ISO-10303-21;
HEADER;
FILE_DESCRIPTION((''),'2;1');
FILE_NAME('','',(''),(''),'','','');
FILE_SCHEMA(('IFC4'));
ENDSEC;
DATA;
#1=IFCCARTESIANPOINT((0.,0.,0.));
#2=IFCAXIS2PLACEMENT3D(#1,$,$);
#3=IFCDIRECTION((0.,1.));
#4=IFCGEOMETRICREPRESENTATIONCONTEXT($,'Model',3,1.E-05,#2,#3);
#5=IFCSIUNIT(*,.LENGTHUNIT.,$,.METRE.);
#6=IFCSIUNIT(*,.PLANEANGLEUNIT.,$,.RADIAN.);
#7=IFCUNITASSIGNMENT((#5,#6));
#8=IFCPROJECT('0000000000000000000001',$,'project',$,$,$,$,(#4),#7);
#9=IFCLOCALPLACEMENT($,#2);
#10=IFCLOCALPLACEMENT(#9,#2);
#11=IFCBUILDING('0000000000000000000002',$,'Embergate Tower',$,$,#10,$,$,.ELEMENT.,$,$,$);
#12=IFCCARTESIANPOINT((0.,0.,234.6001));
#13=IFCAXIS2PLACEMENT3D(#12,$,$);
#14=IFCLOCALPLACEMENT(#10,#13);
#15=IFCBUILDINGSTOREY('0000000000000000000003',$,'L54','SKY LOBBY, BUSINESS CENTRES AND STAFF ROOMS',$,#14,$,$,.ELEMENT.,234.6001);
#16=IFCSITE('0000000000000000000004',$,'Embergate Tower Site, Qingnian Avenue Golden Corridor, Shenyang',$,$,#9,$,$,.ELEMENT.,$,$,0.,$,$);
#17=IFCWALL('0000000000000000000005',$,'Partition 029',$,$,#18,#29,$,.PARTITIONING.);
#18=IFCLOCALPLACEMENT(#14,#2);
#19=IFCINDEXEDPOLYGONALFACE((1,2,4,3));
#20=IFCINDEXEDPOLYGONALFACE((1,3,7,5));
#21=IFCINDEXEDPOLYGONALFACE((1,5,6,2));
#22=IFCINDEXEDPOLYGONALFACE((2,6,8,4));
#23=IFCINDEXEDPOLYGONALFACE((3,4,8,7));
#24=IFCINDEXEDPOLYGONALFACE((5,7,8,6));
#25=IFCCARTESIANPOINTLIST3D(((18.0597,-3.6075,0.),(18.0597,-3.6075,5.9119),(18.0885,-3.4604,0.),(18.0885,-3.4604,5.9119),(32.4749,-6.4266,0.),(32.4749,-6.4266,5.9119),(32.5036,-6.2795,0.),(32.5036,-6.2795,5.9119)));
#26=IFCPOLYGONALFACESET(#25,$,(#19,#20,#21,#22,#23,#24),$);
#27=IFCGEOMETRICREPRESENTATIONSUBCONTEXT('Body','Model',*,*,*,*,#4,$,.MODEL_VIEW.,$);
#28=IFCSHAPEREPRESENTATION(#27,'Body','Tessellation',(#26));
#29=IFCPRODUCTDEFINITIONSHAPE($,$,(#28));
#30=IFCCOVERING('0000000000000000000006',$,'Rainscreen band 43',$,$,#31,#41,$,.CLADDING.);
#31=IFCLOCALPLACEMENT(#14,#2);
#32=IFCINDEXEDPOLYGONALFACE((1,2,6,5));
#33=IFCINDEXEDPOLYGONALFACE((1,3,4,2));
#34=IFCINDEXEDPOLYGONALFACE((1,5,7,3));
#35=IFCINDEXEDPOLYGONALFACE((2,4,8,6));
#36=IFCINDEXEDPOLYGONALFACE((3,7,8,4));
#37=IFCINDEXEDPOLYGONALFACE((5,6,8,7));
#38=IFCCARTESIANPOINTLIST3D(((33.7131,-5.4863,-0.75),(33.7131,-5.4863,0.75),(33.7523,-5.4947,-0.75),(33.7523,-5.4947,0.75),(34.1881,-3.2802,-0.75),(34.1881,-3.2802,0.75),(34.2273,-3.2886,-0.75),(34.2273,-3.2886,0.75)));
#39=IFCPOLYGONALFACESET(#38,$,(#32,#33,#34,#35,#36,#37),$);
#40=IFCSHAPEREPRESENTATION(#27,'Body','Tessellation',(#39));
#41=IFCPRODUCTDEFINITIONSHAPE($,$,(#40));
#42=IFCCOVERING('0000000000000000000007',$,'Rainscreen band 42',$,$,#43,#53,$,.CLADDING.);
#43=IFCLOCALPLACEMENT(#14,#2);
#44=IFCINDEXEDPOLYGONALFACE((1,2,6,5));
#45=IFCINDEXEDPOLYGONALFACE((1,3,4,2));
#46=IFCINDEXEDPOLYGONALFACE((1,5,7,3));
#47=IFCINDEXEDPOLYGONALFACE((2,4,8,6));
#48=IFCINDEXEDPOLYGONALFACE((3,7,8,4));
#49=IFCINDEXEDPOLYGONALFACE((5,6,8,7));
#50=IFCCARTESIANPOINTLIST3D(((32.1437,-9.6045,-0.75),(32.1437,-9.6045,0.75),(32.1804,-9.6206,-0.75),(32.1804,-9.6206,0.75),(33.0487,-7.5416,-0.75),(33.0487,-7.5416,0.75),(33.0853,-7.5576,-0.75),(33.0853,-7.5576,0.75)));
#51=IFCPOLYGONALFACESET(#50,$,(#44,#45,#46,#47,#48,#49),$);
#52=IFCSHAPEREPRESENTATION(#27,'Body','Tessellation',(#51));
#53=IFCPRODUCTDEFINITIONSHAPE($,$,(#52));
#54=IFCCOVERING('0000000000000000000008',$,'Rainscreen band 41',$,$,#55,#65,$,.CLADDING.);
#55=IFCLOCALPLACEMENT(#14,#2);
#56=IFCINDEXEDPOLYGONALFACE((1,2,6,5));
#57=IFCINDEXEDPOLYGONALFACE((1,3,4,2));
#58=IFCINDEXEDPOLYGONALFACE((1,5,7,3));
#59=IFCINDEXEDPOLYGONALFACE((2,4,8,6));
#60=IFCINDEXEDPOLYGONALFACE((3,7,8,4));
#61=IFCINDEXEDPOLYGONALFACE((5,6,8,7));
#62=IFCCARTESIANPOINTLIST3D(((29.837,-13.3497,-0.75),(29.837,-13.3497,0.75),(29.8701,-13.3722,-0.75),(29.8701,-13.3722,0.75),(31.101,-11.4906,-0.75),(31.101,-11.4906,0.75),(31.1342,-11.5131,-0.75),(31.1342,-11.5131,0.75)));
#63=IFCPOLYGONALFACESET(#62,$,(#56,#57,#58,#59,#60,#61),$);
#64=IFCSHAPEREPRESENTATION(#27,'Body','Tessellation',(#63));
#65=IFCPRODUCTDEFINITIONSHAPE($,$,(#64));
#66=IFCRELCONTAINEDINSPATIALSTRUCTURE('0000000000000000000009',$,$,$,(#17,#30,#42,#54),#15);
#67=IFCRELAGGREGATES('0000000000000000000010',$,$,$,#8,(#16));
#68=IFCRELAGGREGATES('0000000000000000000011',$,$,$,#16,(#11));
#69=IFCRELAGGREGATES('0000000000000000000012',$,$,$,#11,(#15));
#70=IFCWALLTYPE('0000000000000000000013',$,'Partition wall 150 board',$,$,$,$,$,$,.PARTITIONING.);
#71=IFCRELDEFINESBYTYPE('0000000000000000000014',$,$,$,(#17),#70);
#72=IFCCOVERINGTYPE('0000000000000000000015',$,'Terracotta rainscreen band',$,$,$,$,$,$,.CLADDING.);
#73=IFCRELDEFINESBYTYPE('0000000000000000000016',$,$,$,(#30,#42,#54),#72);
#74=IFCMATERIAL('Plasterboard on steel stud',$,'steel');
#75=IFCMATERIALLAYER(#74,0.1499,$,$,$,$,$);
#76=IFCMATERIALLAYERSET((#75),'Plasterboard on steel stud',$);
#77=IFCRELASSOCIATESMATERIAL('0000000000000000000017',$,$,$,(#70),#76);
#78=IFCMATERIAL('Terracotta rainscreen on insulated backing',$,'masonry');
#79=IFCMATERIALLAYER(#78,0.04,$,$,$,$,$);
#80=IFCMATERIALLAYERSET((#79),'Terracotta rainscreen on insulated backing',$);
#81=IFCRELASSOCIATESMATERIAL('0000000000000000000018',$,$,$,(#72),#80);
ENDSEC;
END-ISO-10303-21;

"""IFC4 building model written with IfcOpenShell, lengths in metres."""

from ifc_helpers import new_model, si_unit, direction, frame, frame_2d, origin, origin_2d, place, context, subcontext, project, spatial, rectangle, extrude, source, transform, mapped, material, layer, layer_set, type_object, element, save


model = new_model("IFC4")

# Units and contexts
model_context = context("Model", 3, precision=1e-05, world=origin(), true_north=direction((0.0, 1.0)))
body_context = subcontext(model_context, "Body", "Model", "MODEL_VIEW")
ifc_project = project(units=[si_unit("LENGTHUNIT", "METRE"), si_unit("PLANEANGLEUNIT", "RADIAN")], contexts=[model_context])

# Site, building, storey
site_placement = place(None, origin())
site = spatial("IfcSite", under=ifc_project, at=site_placement, Name="Embergate Tower Site, Qingnian Avenue Golden Corridor, Shenyang", CompositionType="ELEMENT", RefElevation=0.0)
building_placement = place(site_placement, origin())
building = spatial("IfcBuilding", under=site, at=building_placement, Name="Embergate Tower", CompositionType="ELEMENT")
storey_placement = place(building_placement, frame((0.0, 0.0, 234.6001)))
storey = spatial("IfcBuildingStorey", under=building, at=storey_placement, Name="L54", Description="SKY LOBBY, BUSINESS CENTRES AND STAFF ROOMS", CompositionType="ELEMENT", Elevation=234.6001)

# Shared definitions
ifc_material_1 = material(Name="Plasterboard on steel stud", Category="steel")
ifc_layer_1 = layer(ifc_material_1, 0.1499)
ifc_layer_set_1 = layer_set([ifc_layer_1], Name="Plasterboard on steel stud")
wall_type_1 = type_object("IfcWallType", Name="Partition wall 150 board", PredefinedType="PARTITIONING", material=ifc_layer_set_1)

# Wall
shared_shape_1 = source(origin(), body_context, "Body", "SweptSolid", [
    extrude(rectangle(XDim=14.6882, YDim=0.1499, at=frame_2d((7.3442, 0.0))), origin(), (0.0, 0.0, 1.0), 5.9119),
])
wall_1_placement = place(storey_placement, frame((18.074, -3.5339, 0.0), z_axis=(0.0, 0.0, 1.0), x_axis=(0.981409, -0.19193, 0.0)))
element("IfcWall", 1, at=wall_1_placement, inside=storey, type_object=wall_type_1, Name="Partition 029", PredefinedType="PARTITIONING", context=body_context, shape_type="MappedRepresentation", body=[
    mapped(shared_shape_1, transform((0.0, 0.0, 0.0))),
])

# Coverings
ifc_material_2 = material(Name="Terracotta rainscreen on insulated backing", Category="masonry")
ifc_layer_2 = layer(ifc_material_2, 0.04)
ifc_layer_set_2 = layer_set([ifc_layer_2], Name="Terracotta rainscreen on insulated backing")
covering_type = type_object("IfcCoveringType", Name="Terracotta rainscreen band", PredefinedType="CLADDING", material=ifc_layer_set_2)
shared_shape_2 = source(origin(), body_context, "Body", "SweptSolid", [
    extrude(rectangle(XDim=2.2566, YDim=0.04, at=origin_2d()), origin(), (0.0, 0.0, 1.0), 1.5),
])
covering_1_placement = place(storey_placement, frame((33.9702, -4.3875, -0.75), z_axis=(0.0, 0.0, 1.0), x_axis=(0.210497, 0.977594, 0.0)))
element("IfcCovering", 2, at=covering_1_placement, inside=storey, type_object=covering_type, Name="Rainscreen band 43", PredefinedType="CLADDING", context=body_context, shape_type="MappedRepresentation", body=[
    mapped(shared_shape_2, transform((0.0, 0.0, 0.0))),
])
shared_shape_3 = source(origin(), body_context, "Body", "SweptSolid", [
    extrude(rectangle(XDim=2.2527, YDim=0.04, at=origin_2d()), origin(), (0.0, 0.0, 1.0), 1.5),
])
covering_2_placement = place(storey_placement, frame((32.6145, -8.5811, -0.75), z_axis=(0.0, 0.0, 1.0), x_axis=(0.401727, 0.915759, 0.0)))
element("IfcCovering", 3, at=covering_2_placement, inside=storey, type_object=covering_type, Name="Rainscreen band 42", PredefinedType="CLADDING", context=body_context, shape_type="MappedRepresentation", body=[
    mapped(shared_shape_3, transform((0.0, 0.0, 0.0))),
])
shared_shape_4 = source(origin(), body_context, "Body", "SweptSolid", [
    extrude(rectangle(XDim=2.248, YDim=0.04, at=origin_2d()), origin(), (0.0, 0.0, 1.0), 1.5),
])
covering_3_placement = place(storey_placement, frame((30.4856, -12.4314, -0.75), z_axis=(0.0, 0.0, 1.0), x_axis=(0.562274, 0.826951, 0.0)))
element("IfcCovering", 4, at=covering_3_placement, inside=storey, type_object=covering_type, Name="Rainscreen band 41", PredefinedType="CLADDING", context=body_context, shape_type="MappedRepresentation", body=[
    mapped(shared_shape_4, transform((0.0, 0.0, 0.0))),
])

save(model, "model.ifc")
